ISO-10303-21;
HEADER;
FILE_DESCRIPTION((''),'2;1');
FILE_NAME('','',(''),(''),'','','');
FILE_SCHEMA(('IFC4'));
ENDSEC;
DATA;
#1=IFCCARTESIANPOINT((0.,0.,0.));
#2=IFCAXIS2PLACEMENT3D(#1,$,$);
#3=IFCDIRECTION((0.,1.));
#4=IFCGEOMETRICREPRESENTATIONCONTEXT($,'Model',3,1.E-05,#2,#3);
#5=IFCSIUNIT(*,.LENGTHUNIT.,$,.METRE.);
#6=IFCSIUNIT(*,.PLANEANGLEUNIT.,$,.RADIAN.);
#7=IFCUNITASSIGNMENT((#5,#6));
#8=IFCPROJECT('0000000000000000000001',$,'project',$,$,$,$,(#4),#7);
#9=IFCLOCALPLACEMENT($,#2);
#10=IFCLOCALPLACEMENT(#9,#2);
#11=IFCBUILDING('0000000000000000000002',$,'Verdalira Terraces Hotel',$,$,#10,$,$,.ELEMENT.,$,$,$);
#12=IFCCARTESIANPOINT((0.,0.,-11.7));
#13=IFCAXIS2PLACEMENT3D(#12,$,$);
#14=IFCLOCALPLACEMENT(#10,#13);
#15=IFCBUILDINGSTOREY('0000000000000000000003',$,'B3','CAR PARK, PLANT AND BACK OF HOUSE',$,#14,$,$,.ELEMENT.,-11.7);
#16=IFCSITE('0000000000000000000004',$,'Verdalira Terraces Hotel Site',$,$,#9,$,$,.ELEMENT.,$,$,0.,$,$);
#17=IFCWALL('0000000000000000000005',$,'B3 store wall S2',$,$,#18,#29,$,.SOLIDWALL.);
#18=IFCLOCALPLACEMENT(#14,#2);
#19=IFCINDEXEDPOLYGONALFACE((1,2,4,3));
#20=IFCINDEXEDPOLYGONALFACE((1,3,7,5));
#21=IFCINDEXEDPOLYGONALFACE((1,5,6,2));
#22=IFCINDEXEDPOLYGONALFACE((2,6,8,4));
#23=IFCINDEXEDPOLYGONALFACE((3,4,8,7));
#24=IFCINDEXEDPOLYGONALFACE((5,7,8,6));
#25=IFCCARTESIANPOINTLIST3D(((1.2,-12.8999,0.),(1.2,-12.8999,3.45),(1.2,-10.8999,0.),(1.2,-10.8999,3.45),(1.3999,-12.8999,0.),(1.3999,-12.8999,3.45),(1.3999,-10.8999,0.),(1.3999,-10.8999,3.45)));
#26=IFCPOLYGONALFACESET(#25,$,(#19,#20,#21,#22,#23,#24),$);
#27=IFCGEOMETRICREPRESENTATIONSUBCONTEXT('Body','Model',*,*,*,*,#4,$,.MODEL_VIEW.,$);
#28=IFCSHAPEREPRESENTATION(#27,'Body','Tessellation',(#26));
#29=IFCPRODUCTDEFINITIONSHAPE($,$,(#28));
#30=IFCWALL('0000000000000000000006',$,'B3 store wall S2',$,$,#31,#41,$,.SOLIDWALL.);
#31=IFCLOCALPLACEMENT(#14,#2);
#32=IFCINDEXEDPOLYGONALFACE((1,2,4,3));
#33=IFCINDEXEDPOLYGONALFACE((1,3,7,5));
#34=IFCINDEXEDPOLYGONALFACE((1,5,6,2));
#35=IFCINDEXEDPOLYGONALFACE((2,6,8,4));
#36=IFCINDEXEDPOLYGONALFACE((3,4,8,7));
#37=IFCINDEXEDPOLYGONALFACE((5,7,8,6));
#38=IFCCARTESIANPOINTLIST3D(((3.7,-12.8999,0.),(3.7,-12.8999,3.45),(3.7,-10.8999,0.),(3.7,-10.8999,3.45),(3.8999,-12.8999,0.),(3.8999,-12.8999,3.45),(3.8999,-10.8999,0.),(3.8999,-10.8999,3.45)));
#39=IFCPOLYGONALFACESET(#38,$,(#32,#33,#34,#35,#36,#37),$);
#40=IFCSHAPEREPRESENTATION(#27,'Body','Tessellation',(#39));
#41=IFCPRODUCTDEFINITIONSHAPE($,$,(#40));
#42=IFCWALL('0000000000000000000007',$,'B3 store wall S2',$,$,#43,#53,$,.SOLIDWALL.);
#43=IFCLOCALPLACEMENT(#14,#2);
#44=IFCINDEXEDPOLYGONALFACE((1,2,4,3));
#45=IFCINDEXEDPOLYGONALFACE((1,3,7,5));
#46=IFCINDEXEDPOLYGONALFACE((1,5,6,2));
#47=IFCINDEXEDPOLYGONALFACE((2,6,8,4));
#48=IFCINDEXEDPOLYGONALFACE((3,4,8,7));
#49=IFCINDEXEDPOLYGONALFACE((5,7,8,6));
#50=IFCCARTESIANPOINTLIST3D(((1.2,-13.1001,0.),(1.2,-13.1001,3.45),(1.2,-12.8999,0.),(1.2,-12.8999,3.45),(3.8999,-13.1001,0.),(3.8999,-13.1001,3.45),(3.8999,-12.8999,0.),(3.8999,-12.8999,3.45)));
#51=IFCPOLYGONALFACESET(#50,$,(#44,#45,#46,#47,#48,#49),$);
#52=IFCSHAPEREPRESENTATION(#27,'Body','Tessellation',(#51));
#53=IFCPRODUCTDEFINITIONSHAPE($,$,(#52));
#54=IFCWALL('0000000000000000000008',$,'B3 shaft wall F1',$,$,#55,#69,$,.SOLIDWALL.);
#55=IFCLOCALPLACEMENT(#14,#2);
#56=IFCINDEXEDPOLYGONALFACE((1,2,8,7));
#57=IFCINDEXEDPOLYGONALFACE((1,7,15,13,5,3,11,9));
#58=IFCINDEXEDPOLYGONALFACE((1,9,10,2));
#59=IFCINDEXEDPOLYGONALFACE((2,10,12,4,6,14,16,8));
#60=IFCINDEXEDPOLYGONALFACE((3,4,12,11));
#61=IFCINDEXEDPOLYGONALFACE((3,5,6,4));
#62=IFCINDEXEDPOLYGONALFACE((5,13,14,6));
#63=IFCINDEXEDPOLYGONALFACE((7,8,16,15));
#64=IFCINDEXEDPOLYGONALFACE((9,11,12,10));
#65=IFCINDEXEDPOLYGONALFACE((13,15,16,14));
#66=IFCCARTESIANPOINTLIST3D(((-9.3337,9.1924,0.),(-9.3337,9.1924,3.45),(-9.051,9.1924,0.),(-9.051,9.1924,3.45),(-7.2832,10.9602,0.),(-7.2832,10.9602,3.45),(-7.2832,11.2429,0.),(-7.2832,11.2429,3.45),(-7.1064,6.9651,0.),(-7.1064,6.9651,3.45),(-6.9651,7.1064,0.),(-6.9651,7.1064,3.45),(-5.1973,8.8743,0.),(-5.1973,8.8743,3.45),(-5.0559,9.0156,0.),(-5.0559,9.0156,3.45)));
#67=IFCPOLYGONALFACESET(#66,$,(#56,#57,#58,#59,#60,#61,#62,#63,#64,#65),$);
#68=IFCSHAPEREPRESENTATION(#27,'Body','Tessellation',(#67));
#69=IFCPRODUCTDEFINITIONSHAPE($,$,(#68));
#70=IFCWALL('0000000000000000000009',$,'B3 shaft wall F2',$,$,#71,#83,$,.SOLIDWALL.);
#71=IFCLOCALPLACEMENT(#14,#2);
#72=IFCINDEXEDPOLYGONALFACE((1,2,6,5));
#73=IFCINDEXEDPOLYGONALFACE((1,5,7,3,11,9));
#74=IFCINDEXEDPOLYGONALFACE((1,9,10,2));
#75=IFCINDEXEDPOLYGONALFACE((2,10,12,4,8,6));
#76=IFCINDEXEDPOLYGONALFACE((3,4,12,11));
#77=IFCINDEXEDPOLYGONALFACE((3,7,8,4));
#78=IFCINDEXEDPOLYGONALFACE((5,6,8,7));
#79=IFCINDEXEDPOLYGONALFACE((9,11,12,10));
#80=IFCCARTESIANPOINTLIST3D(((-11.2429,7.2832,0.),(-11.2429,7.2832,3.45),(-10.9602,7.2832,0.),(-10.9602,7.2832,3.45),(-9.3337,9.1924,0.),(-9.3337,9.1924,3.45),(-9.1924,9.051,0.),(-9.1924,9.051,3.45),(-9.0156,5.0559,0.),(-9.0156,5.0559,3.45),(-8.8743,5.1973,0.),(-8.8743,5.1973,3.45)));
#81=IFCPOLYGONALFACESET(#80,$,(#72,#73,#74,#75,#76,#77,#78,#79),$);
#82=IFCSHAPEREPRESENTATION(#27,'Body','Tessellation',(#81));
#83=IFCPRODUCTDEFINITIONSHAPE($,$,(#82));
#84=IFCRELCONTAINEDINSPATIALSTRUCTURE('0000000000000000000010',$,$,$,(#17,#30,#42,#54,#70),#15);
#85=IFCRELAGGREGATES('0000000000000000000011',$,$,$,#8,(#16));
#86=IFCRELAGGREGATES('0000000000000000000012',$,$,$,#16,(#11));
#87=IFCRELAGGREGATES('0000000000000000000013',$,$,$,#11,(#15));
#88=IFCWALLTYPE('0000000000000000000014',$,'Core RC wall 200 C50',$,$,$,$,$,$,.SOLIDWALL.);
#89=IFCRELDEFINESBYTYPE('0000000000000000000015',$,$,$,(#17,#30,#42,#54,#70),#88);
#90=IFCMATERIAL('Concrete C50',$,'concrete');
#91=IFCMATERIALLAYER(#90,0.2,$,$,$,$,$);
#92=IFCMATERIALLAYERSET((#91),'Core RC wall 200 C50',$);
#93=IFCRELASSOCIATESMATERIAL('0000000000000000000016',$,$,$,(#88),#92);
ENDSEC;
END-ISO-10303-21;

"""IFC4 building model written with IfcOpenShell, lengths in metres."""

from ifc_helpers import new_model, si_unit, direction, frame, origin, place, context, subcontext, project, spatial, polyline, outline, extrude, material, layer, layer_set, type_object, element, save


model = new_model("IFC4")

# Units and contexts
model_context = context("Model", 3, precision=1e-05, world=origin(), true_north=direction((0.0, 1.0)))
body_context = subcontext(model_context, "Body", "Model", "MODEL_VIEW")
ifc_project = project(units=[si_unit("LENGTHUNIT", "METRE"), si_unit("PLANEANGLEUNIT", "RADIAN")], contexts=[model_context])

# Site, building, storey
site_placement = place(None, origin())
site = spatial("IfcSite", under=ifc_project, at=site_placement, Name="Verdalira Terraces Hotel Site", CompositionType="ELEMENT", RefElevation=0.0)
building_placement = place(site_placement, origin())
building = spatial("IfcBuilding", under=site, at=building_placement, Name="Verdalira Terraces Hotel", CompositionType="ELEMENT")
storey_placement = place(building_placement, frame((0.0, 0.0, -11.7)))
storey = spatial("IfcBuildingStorey", under=building, at=storey_placement, Name="B3", Description="CAR PARK, PLANT AND BACK OF HOUSE", CompositionType="ELEMENT", Elevation=-11.7)

# Walls
ifc_material_1 = material(Name="Concrete C50", Category="concrete")
ifc_layer_1 = layer(ifc_material_1, 0.2)
ifc_layer_set_1 = layer_set([ifc_layer_1], Name="Core RC wall 200 C50")
wall_type = type_object("IfcWallType", Name="Core RC wall 200 C50", PredefinedType="SOLIDWALL", material=ifc_layer_set_1)
wall_1_placement = place(storey_placement, origin())
element("IfcWall", 1, at=wall_1_placement, inside=storey, type_object=wall_type, Name="B3 store wall S2", PredefinedType="SOLIDWALL", context=body_context, shape_type="SweptSolid", body=[
    extrude(outline(polyline([(1.2, -10.8999), (1.3999, -10.8999), (1.3999, -12.8999), (1.2, -12.8999), (1.2, -10.8999)])), origin(), (0.0, 0.0, 1.0), 3.45),
])
wall_2_placement = place(storey_placement, origin())
element("IfcWall", 2, at=wall_2_placement, inside=storey, type_object=wall_type, Name="B3 store wall S2", PredefinedType="SOLIDWALL", context=body_context, shape_type="SweptSolid", body=[
    extrude(outline(polyline([(3.7, -10.8999), (3.8999, -10.8999), (3.8999, -12.8999), (3.7, -12.8999), (3.7, -10.8999)])), origin(), (0.0, 0.0, 1.0), 3.45),
])
wall_3_placement = place(storey_placement, origin())
element("IfcWall", 3, at=wall_3_placement, inside=storey, type_object=wall_type, Name="B3 store wall S2", PredefinedType="SOLIDWALL", context=body_context, shape_type="SweptSolid", body=[
    extrude(outline(polyline([(1.2, -12.8999), (3.8999, -12.8999), (3.8999, -13.1001), (1.2, -13.1001), (1.2, -12.8999)])), origin(), (0.0, 0.0, 1.0), 3.45),
])
wall_4_placement = place(storey_placement, origin())
element("IfcWall", 4, at=wall_4_placement, inside=storey, type_object=wall_type, Name="B3 shaft wall F1", PredefinedType="SOLIDWALL", context=body_context, shape_type="SweptSolid", body=[
    extrude(outline(polyline([(-9.3337, 9.1924), (-7.2832, 11.2429), (-5.0559, 9.0156), (-5.1973, 8.8743), (-7.2832, 10.9602), (-9.051, 9.1924), (-6.9651, 7.1064), (-7.1064, 6.9651), (-9.3337, 9.1924)])), origin(), (0.0, 0.0, 1.0), 3.45),
])
wall_5_placement = place(storey_placement, origin())
element("IfcWall", 5, at=wall_5_placement, inside=storey, type_object=wall_type, Name="B3 shaft wall F2", PredefinedType="SOLIDWALL", context=body_context, shape_type="SweptSolid", body=[
    extrude(outline(polyline([(-11.2429, 7.2832), (-9.3337, 9.1924), (-9.1924, 9.051), (-10.9602, 7.2832), (-8.8743, 5.1973), (-9.0156, 5.0559), (-11.2429, 7.2832)])), origin(), (0.0, 0.0, 1.0), 3.45),
])

save(model, "model.ifc")
